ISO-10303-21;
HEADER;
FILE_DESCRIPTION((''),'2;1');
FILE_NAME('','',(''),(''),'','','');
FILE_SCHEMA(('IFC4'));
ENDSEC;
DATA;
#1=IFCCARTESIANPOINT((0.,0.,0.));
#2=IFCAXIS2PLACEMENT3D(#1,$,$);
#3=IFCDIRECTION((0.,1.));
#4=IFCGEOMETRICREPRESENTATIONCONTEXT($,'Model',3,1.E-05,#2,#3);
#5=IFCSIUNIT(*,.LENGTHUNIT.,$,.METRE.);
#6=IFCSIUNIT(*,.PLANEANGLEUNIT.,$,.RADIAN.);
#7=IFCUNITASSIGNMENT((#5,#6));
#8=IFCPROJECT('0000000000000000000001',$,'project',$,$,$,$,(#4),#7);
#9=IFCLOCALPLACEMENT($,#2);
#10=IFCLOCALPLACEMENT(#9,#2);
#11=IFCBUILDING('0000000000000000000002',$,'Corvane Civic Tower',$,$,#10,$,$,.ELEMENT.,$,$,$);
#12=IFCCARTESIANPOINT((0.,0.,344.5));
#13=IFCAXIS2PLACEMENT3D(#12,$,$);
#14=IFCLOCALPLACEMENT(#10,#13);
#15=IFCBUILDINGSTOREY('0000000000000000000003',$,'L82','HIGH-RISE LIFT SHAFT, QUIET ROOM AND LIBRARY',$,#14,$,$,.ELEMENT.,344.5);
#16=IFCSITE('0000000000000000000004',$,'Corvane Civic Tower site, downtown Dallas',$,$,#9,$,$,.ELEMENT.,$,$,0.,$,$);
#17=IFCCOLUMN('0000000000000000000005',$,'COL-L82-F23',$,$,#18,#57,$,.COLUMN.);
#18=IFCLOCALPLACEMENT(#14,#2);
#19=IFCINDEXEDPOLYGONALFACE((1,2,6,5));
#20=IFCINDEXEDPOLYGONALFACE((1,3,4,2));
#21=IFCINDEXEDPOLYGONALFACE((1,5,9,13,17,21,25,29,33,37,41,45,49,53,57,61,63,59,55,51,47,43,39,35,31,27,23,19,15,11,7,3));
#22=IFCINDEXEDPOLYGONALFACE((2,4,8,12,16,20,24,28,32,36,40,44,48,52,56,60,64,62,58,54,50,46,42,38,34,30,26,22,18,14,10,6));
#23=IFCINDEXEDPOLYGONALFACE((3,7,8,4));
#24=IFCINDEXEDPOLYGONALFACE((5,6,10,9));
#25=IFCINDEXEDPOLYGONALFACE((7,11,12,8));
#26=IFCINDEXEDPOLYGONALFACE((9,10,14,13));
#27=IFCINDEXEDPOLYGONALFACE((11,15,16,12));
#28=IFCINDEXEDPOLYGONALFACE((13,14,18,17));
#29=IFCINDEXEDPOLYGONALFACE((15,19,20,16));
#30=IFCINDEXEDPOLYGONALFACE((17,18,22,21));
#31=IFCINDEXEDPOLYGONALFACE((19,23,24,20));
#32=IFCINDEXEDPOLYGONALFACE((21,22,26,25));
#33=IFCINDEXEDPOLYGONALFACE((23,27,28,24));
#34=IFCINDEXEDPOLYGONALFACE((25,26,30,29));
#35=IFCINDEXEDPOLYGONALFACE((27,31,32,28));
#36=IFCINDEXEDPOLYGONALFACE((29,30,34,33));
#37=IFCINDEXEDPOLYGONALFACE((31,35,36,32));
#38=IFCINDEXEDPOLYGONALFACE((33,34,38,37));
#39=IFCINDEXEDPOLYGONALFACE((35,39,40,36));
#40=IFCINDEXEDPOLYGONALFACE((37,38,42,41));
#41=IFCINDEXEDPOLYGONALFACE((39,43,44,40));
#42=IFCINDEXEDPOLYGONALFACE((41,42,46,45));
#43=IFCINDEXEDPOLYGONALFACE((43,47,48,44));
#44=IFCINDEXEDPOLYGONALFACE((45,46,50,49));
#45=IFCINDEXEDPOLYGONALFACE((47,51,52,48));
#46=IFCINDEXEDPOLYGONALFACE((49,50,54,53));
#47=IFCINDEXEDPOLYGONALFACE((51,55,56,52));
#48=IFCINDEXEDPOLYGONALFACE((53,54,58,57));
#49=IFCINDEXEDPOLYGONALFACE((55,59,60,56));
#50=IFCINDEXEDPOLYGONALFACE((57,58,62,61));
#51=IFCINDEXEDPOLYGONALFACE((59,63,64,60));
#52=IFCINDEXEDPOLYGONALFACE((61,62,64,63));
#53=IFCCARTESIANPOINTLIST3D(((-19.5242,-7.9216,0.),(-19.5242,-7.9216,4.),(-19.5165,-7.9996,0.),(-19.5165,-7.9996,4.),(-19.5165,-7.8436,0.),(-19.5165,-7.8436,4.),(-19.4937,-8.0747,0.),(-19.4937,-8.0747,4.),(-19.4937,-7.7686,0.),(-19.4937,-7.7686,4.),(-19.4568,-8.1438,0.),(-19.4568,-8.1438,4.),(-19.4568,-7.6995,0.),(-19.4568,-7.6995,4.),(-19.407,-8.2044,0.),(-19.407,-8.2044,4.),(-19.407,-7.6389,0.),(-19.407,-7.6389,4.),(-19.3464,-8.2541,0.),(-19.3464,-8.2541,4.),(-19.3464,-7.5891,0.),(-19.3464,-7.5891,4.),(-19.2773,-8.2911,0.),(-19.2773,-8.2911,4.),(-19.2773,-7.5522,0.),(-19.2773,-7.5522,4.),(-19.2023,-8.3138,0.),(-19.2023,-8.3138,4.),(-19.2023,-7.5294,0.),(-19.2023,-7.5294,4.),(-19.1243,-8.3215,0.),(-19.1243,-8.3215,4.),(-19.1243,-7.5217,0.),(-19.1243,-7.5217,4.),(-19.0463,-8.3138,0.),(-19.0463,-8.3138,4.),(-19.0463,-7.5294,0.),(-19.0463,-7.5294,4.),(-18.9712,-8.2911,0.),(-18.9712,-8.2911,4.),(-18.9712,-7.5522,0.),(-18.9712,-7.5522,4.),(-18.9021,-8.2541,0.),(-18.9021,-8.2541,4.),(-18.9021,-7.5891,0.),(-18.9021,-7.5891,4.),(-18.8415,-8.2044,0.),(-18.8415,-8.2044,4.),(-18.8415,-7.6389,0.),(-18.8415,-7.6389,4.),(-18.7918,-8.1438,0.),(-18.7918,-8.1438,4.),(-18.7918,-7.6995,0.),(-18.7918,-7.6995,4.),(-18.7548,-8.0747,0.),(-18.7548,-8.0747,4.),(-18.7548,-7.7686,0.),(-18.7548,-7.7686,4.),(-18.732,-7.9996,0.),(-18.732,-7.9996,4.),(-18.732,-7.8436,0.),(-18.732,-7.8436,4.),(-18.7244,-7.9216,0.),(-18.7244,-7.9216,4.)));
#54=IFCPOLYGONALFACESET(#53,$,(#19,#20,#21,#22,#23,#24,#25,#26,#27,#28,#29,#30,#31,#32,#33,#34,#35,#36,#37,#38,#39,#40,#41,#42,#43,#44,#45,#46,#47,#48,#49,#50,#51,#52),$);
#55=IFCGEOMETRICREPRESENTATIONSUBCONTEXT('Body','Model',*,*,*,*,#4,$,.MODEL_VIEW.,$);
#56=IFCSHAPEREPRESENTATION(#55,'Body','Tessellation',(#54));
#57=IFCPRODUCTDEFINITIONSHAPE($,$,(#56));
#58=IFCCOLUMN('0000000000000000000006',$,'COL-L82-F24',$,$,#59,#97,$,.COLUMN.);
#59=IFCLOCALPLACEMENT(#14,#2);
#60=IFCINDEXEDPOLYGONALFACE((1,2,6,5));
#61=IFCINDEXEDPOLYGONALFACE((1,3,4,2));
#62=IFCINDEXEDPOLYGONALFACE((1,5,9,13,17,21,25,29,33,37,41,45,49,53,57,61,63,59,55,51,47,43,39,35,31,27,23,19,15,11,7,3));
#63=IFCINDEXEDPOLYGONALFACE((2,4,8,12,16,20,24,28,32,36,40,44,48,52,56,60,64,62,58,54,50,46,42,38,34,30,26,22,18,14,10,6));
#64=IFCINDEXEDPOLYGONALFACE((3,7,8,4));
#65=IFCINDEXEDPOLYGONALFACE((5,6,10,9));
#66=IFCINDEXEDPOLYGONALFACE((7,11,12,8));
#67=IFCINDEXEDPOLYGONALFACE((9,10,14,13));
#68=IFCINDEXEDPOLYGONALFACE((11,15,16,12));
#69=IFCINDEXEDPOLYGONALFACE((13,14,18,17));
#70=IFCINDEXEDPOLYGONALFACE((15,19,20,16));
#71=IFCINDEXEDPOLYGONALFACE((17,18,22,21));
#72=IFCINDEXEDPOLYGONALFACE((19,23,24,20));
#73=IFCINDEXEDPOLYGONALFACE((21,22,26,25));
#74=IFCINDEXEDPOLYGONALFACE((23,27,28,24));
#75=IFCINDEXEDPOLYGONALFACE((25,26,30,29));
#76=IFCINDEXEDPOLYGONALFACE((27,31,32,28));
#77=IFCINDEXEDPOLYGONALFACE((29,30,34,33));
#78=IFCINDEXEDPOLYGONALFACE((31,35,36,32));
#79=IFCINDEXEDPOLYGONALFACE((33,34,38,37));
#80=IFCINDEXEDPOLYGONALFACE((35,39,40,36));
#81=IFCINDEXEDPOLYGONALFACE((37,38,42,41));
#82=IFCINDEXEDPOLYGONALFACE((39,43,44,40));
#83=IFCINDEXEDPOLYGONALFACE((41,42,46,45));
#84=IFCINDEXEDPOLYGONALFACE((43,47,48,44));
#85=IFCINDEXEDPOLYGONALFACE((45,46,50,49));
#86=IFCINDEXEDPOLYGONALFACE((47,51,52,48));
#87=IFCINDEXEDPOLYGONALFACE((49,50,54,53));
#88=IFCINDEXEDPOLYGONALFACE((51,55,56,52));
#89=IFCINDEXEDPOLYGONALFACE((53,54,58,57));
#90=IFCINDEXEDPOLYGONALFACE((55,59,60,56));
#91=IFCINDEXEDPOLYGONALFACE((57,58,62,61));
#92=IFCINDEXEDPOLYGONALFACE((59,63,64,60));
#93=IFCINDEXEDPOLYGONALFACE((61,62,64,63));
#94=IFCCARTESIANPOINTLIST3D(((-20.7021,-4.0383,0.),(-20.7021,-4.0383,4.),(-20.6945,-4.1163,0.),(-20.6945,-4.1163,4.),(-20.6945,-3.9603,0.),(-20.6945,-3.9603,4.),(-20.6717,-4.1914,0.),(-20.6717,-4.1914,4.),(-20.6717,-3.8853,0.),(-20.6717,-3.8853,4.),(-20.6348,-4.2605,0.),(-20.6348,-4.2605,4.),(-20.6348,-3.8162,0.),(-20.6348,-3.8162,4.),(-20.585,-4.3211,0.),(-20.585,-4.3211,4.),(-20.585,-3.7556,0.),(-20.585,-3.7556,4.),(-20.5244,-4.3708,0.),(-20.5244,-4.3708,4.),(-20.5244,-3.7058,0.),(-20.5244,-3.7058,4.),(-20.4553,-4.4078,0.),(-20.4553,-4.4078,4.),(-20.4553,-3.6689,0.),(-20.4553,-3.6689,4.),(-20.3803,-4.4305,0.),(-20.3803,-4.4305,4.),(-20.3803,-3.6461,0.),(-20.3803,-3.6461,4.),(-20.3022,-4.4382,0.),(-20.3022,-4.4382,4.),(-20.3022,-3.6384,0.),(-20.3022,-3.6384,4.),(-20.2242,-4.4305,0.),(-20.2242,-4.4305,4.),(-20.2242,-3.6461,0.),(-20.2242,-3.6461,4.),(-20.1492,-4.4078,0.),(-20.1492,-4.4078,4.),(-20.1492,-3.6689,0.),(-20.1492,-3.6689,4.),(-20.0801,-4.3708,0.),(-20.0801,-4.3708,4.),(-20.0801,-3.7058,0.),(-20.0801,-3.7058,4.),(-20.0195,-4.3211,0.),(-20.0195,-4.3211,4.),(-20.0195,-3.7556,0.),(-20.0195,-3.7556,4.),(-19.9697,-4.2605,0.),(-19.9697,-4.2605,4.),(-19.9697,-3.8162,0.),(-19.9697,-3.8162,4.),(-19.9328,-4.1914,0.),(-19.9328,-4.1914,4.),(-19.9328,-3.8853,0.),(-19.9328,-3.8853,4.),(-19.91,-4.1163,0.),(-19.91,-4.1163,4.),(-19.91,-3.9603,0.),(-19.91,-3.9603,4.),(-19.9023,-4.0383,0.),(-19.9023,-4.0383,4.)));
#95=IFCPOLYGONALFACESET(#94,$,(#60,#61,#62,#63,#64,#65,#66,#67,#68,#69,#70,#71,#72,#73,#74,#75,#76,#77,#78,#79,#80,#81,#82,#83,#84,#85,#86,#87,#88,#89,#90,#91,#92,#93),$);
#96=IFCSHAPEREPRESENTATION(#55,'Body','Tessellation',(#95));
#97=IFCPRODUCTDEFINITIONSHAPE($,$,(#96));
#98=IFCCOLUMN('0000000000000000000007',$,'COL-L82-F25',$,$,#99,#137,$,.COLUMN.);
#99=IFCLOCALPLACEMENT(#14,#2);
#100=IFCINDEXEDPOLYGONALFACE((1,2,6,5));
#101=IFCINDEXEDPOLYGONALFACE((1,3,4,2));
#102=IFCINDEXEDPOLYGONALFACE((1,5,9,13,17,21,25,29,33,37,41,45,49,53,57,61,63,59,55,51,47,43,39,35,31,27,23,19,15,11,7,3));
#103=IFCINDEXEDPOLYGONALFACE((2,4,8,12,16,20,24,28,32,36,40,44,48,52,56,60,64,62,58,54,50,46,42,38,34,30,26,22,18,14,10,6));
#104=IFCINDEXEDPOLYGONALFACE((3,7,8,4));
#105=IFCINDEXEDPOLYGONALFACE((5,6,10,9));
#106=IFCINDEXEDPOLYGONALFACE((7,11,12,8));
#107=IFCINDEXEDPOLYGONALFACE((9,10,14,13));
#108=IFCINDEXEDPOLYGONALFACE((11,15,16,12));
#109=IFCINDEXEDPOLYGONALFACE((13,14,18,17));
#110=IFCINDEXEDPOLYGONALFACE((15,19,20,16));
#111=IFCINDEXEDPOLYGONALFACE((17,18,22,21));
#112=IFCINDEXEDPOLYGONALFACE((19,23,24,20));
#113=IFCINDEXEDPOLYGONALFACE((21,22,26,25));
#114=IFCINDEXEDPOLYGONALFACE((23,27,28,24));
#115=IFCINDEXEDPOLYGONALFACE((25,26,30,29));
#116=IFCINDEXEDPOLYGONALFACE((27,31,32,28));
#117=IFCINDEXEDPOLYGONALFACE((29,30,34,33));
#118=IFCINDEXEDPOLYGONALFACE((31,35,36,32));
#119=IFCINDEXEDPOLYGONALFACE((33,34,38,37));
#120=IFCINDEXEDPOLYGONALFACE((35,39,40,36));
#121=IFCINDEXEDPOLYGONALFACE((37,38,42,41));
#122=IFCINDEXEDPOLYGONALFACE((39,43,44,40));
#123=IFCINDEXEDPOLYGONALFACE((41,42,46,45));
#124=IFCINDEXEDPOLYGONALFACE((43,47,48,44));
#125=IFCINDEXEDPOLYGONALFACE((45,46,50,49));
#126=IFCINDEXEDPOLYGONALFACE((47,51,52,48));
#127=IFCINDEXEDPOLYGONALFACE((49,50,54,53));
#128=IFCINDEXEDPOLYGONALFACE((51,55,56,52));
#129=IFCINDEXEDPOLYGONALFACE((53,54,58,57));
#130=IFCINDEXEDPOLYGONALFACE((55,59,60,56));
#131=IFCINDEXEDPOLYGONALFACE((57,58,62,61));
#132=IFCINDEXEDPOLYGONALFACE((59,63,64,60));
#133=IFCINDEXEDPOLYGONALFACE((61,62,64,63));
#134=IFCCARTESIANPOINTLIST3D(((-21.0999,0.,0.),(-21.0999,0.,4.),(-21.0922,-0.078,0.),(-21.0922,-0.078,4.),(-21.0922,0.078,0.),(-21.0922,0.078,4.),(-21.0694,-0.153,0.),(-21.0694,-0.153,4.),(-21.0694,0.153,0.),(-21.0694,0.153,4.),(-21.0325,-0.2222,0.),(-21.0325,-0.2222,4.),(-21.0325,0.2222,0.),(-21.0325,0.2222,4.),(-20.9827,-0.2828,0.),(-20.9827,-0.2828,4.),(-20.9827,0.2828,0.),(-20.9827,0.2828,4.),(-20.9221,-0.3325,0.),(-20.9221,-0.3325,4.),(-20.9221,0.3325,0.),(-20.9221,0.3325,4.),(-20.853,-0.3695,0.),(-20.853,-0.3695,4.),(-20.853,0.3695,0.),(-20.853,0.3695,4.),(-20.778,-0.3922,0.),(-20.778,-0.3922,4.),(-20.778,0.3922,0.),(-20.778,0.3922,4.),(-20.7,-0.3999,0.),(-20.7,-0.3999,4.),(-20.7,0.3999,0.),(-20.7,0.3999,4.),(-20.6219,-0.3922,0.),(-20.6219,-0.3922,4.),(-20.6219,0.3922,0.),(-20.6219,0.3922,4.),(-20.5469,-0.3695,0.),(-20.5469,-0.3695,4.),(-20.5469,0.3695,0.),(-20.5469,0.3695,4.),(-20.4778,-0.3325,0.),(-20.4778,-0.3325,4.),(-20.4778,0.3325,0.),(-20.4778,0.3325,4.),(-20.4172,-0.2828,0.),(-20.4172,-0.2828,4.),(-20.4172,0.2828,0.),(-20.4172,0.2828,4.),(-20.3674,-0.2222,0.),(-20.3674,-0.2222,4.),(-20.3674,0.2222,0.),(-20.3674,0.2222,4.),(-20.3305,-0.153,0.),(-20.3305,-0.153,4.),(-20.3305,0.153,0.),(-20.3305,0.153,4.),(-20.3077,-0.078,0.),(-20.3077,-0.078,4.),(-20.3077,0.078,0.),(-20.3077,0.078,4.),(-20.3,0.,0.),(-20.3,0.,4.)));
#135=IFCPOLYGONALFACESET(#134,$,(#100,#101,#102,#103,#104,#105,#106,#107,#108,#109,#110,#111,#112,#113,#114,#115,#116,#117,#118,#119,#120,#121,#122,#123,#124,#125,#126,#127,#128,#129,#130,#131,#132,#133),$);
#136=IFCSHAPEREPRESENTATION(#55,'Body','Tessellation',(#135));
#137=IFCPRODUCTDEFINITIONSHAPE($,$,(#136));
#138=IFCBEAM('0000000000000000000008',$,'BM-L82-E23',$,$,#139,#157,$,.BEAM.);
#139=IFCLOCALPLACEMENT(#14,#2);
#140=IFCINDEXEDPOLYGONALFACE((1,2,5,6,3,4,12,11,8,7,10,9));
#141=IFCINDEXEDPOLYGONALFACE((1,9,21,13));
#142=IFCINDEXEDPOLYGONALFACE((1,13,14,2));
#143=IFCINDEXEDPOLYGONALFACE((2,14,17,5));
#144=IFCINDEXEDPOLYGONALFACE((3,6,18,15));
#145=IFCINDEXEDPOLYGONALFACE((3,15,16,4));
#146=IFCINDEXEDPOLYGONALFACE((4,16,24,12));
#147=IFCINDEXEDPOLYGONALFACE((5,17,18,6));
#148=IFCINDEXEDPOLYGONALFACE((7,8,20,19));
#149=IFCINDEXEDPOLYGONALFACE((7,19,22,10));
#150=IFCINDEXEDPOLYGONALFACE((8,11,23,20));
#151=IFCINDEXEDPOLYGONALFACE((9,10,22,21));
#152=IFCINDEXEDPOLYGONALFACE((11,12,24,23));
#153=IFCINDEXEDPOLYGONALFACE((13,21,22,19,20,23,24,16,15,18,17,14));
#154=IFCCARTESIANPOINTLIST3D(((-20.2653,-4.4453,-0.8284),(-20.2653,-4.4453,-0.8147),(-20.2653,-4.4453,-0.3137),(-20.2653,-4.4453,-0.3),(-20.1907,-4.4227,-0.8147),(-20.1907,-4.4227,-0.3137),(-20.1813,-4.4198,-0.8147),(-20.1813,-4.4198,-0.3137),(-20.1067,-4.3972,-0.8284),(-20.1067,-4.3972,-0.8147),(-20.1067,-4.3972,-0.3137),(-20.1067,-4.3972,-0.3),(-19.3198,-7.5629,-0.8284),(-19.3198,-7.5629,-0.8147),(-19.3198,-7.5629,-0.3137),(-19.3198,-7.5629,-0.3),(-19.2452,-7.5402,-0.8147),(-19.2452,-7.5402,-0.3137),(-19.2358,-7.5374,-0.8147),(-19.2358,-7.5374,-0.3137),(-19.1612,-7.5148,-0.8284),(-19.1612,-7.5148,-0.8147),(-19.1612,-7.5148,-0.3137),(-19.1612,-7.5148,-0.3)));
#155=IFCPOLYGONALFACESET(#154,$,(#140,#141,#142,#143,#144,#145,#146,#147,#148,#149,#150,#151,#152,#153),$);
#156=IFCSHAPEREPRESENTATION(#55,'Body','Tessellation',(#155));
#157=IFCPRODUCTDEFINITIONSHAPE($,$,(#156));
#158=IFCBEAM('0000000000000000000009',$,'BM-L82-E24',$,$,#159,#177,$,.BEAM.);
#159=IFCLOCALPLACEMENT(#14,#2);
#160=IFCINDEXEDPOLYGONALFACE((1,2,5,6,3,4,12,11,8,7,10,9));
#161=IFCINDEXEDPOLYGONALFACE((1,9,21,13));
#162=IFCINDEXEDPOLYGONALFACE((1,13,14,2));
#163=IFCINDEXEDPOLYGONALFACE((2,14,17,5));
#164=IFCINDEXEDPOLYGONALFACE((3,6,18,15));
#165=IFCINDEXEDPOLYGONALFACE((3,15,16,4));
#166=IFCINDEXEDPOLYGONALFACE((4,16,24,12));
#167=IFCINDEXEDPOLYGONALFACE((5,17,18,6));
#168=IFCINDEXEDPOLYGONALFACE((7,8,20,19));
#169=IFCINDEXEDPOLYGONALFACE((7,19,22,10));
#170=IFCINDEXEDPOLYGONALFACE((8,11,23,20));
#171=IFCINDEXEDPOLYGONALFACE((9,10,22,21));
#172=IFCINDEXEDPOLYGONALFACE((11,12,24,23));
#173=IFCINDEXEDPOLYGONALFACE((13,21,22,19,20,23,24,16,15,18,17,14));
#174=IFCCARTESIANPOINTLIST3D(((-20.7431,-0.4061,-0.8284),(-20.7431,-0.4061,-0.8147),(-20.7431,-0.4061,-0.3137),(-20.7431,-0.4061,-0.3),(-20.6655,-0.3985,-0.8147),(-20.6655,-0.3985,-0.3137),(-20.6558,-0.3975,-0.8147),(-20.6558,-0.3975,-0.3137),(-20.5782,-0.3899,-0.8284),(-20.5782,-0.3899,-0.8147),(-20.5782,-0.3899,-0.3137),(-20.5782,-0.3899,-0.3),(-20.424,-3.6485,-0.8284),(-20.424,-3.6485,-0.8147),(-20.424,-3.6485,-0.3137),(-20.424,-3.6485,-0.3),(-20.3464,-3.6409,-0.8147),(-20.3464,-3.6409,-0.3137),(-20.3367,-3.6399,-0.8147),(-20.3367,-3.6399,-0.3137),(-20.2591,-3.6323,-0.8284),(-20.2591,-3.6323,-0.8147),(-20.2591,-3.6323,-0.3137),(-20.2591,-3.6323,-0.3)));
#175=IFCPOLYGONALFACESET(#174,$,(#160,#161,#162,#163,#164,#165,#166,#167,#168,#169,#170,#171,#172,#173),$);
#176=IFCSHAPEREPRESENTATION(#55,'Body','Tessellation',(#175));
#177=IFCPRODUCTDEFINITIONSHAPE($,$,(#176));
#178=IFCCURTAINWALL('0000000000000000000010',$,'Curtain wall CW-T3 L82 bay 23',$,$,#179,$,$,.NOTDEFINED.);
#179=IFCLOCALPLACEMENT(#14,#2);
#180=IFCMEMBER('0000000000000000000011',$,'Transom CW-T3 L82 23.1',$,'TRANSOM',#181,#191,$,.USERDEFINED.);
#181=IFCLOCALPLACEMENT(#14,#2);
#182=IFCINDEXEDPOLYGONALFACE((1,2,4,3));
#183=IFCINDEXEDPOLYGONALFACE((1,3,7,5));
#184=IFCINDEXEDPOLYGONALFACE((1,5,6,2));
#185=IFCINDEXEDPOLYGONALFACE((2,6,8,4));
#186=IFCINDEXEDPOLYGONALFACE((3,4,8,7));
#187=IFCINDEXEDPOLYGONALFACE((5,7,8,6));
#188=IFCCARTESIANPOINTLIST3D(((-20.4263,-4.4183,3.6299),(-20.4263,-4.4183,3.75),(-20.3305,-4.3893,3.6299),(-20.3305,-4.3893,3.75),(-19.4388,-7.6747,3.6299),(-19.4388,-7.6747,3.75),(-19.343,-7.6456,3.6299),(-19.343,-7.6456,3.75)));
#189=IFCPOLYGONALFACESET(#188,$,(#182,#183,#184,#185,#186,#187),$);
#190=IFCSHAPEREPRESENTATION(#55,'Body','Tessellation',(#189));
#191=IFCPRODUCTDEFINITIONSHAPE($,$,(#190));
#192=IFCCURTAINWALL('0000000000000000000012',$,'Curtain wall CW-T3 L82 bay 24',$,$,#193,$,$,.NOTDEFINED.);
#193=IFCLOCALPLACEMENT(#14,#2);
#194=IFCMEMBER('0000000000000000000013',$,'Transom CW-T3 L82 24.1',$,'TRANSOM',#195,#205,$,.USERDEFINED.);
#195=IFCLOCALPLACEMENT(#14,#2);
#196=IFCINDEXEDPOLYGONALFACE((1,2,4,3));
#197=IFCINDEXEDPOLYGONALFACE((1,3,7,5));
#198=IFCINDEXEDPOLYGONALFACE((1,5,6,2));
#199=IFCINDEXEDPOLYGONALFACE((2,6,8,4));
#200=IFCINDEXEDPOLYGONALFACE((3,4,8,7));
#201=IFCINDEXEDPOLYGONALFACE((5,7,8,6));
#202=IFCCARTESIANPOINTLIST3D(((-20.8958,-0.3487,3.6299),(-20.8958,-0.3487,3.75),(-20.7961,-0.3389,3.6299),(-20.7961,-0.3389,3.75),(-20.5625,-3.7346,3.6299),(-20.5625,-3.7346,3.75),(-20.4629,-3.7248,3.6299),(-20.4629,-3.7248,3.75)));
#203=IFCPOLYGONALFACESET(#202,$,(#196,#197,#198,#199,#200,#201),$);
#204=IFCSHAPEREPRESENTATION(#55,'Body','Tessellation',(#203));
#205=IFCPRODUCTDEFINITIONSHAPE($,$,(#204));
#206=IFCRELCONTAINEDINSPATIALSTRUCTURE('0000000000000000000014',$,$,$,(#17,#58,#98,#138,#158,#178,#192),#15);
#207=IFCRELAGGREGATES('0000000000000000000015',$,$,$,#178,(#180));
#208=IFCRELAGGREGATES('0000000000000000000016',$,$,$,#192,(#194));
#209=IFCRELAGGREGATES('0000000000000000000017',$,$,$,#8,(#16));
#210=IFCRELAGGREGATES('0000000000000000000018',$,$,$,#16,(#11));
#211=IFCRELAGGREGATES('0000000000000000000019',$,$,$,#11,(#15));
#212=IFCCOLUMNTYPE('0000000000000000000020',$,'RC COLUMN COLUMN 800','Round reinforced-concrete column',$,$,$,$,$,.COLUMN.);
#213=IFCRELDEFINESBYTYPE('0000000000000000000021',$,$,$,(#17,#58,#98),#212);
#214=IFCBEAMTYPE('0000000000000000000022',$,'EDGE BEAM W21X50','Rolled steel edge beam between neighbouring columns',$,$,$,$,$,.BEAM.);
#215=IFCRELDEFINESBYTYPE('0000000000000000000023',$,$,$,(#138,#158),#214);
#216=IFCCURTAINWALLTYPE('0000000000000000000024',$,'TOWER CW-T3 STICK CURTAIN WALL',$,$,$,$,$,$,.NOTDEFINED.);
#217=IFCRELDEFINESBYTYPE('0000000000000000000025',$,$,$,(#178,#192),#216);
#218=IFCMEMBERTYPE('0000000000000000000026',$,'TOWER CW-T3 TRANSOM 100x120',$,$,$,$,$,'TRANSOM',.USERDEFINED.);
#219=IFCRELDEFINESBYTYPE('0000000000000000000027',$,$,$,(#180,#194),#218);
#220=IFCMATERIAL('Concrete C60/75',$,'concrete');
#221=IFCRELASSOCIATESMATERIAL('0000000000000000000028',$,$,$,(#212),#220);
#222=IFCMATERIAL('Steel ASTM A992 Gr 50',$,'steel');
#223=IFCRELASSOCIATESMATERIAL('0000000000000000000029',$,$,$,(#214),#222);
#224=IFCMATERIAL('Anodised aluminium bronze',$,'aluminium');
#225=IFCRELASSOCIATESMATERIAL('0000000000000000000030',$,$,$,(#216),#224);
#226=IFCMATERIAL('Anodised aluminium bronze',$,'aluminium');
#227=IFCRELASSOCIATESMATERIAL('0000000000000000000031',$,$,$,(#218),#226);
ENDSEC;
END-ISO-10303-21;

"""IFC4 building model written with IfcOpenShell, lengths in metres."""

from ifc_helpers import new_model, si_unit, direction, frame, origin, origin_2d, place, context, subcontext, project, spatial, rectangle, circle, i_section, extrude, material, material_profile, profile_set, type_object, element, aggregate, save


model = new_model("IFC4")

# Units and contexts
model_context = context("Model", 3, precision=1e-05, world=origin(), true_north=direction((0.0, 1.0)))
body_context = subcontext(model_context, "Body", "Model", "MODEL_VIEW")
ifc_project = project(units=[si_unit("LENGTHUNIT", "METRE"), si_unit("PLANEANGLEUNIT", "RADIAN")], contexts=[model_context])

# Site, building, storey
site_placement = place(None, origin())
site = spatial("IfcSite", under=ifc_project, at=site_placement, Name="Corvane Civic Tower site, downtown Dallas", CompositionType="ELEMENT", RefElevation=0.0)
building_placement = place(site_placement, origin())
building = spatial("IfcBuilding", under=site, at=building_placement, Name="Corvane Civic Tower", CompositionType="ELEMENT")
storey_placement = place(building_placement, frame((0.0, 0.0, 344.5)))
storey = spatial("IfcBuildingStorey", under=building, at=storey_placement, Name="L82", Description="HIGH-RISE LIFT SHAFT, QUIET ROOM AND LIBRARY", CompositionType="ELEMENT", Elevation=344.5)

# Columns
ifc_material_1 = material(Name="Concrete C60/75", Category="concrete")
ifc_material_profile_1 = material_profile(ifc_material_1, circle(Radius=0.3999, at=origin_2d()), Name="COLUMN 800")
ifc_profile_set_1 = profile_set([ifc_material_profile_1], Name="Concrete C60/75")
column_type = type_object("IfcColumnType", Name="RC COLUMN COLUMN 800", Description="Round reinforced-concrete column", PredefinedType="COLUMN", material=ifc_profile_set_1)
for number, where, z_axis, x_axis, name in (
    (1, (-19.1243, -7.9216, 0.0), (0.0, 0.0, 1.0), (1.0, 0.0, 0.0), "COL-L82-F23"),
    (2, (-20.3022, -4.0383, 0.0), (0.0, 0.0, 1.0), (1.0, 0.0, 0.0), "COL-L82-F24"),
    (3, (-20.7, 0.0, 0.0), (0.0, 0.0, 1.0), (1.0, 0.0, 0.0), "COL-L82-F25"),
):
    element("IfcColumn", number, at=place(storey_placement, frame(where, z_axis=z_axis, x_axis=x_axis)), inside=storey, type_object=column_type, Name=name, PredefinedType="COLUMN", context=body_context, shape_type="SweptSolid", body=[
        extrude(circle(Radius=0.3999, at=origin_2d()), origin(), (0.0, 0.0, 1.0), 4.0),
    ])

# Beams
ifc_material_2 = material(Name="Steel ASTM A992 Gr 50", Category="steel")
ifc_material_profile_2 = material_profile(ifc_material_2, i_section(OverallWidth=0.1658, OverallDepth=0.5283, WebThickness=0.0098, FlangeThickness=0.0137, at=origin_2d()), Name="W21X50")
ifc_profile_set_2 = profile_set([ifc_material_profile_2], Name="Steel ASTM A992 Gr 50")
beam_type = type_object("IfcBeamType", Name="EDGE BEAM W21X50", Description="Rolled steel edge beam between neighbouring columns", PredefinedType="BEAM", material=ifc_profile_set_2)
beam_1_placement = place(storey_placement, frame((-19.2405, -7.5388, -0.5642), z_axis=(-0.290234, 0.956956, 0.0), x_axis=(-0.956956, -0.290234, 0.0)))
element("IfcBeam", 4, at=beam_1_placement, inside=storey, type_object=beam_type, Name="BM-L82-E23", PredefinedType="BEAM", context=body_context, shape_type="SweptSolid", body=[
    extrude(i_section(OverallWidth=0.1658, OverallDepth=0.5283, WebThickness=0.0098, FlangeThickness=0.0137, at=origin_2d()), origin(), (0.0, 0.0, 1.0), 3.2578),
])
beam_2_placement = place(storey_placement, frame((-20.3416, -3.6404, -0.5642), z_axis=(-0.097938, 0.995193, 0.0), x_axis=(-0.995193, -0.097938, 0.0)))
element("IfcBeam", 5, at=beam_2_placement, inside=storey, type_object=beam_type, Name="BM-L82-E24", PredefinedType="BEAM", context=body_context, shape_type="SweptSolid", body=[
    extrude(i_section(OverallWidth=0.1658, OverallDepth=0.5283, WebThickness=0.0098, FlangeThickness=0.0137, at=origin_2d()), origin(), (0.0, 0.0, 1.0), 3.2581),
])

# Curtain walls, members
ifc_material_3 = material(Name="Anodised aluminium bronze", Category="aluminium")
curtain_wall_type = type_object("IfcCurtainWallType", Name="TOWER CW-T3 STICK CURTAIN WALL", PredefinedType="NOTDEFINED", material=ifc_material_3)
curtain_wall_1_placement = place(storey_placement, origin())
curtain_wall_1 = element("IfcCurtainWall", 6, at=curtain_wall_1_placement, inside=storey, type_object=curtain_wall_type, Name="Curtain wall CW-T3 L82 bay 23", PredefinedType="NOTDEFINED")
ifc_material_4 = material(Name="Anodised aluminium bronze", Category="aluminium")
ifc_material_profile_3 = material_profile(ifc_material_4, rectangle(XDim=0.1001, YDim=0.1201, at=origin_2d()), Name="TOWER CW-T3 TRANSOM 100x120")
ifc_profile_set_3 = profile_set([ifc_material_profile_3], Name="Anodised aluminium bronze")
member_type = type_object("IfcMemberType", Name="TOWER CW-T3 TRANSOM 100x120", ElementType="TRANSOM", PredefinedType="USERDEFINED", material=ifc_profile_set_3)
member_1_placement = place(storey_placement, frame((-19.3909, -7.6602, 3.6899), z_axis=(-0.290216, 0.956961, 0.0), x_axis=(-0.956961, -0.290216, 0.0)))
member_1 = element("IfcMember", 7, at=member_1_placement, type_object=member_type, Name="Transom CW-T3 L82 23.1", ObjectType="TRANSOM", PredefinedType="USERDEFINED", context=body_context, shape_type="SweptSolid", body=[
    extrude(rectangle(XDim=0.1001, YDim=0.1201, at=origin_2d()), origin(), (0.0, 0.0, 1.0), 3.4028),
])
curtain_wall_2_placement = place(storey_placement, origin())
curtain_wall_2 = element("IfcCurtainWall", 8, at=curtain_wall_2_placement, inside=storey, type_object=curtain_wall_type, Name="Curtain wall CW-T3 L82 bay 24", PredefinedType="NOTDEFINED")
member_2_placement = place(storey_placement, frame((-20.5127, -3.7297, 3.6899), z_axis=(-0.097948, 0.995192, 0.0), x_axis=(-0.995192, -0.097948, 0.0)))
member_2 = element("IfcMember", 9, at=member_2_placement, type_object=member_type, Name="Transom CW-T3 L82 24.1", ObjectType="TRANSOM", PredefinedType="USERDEFINED", context=body_context, shape_type="SweptSolid", body=[
    extrude(rectangle(XDim=0.1001, YDim=0.1201, at=origin_2d()), origin(), (0.0, 0.0, 1.0), 3.4023),
])

aggregate(curtain_wall_1, [member_1])
aggregate(curtain_wall_2, [member_2])

save(model, "model.ifc")
